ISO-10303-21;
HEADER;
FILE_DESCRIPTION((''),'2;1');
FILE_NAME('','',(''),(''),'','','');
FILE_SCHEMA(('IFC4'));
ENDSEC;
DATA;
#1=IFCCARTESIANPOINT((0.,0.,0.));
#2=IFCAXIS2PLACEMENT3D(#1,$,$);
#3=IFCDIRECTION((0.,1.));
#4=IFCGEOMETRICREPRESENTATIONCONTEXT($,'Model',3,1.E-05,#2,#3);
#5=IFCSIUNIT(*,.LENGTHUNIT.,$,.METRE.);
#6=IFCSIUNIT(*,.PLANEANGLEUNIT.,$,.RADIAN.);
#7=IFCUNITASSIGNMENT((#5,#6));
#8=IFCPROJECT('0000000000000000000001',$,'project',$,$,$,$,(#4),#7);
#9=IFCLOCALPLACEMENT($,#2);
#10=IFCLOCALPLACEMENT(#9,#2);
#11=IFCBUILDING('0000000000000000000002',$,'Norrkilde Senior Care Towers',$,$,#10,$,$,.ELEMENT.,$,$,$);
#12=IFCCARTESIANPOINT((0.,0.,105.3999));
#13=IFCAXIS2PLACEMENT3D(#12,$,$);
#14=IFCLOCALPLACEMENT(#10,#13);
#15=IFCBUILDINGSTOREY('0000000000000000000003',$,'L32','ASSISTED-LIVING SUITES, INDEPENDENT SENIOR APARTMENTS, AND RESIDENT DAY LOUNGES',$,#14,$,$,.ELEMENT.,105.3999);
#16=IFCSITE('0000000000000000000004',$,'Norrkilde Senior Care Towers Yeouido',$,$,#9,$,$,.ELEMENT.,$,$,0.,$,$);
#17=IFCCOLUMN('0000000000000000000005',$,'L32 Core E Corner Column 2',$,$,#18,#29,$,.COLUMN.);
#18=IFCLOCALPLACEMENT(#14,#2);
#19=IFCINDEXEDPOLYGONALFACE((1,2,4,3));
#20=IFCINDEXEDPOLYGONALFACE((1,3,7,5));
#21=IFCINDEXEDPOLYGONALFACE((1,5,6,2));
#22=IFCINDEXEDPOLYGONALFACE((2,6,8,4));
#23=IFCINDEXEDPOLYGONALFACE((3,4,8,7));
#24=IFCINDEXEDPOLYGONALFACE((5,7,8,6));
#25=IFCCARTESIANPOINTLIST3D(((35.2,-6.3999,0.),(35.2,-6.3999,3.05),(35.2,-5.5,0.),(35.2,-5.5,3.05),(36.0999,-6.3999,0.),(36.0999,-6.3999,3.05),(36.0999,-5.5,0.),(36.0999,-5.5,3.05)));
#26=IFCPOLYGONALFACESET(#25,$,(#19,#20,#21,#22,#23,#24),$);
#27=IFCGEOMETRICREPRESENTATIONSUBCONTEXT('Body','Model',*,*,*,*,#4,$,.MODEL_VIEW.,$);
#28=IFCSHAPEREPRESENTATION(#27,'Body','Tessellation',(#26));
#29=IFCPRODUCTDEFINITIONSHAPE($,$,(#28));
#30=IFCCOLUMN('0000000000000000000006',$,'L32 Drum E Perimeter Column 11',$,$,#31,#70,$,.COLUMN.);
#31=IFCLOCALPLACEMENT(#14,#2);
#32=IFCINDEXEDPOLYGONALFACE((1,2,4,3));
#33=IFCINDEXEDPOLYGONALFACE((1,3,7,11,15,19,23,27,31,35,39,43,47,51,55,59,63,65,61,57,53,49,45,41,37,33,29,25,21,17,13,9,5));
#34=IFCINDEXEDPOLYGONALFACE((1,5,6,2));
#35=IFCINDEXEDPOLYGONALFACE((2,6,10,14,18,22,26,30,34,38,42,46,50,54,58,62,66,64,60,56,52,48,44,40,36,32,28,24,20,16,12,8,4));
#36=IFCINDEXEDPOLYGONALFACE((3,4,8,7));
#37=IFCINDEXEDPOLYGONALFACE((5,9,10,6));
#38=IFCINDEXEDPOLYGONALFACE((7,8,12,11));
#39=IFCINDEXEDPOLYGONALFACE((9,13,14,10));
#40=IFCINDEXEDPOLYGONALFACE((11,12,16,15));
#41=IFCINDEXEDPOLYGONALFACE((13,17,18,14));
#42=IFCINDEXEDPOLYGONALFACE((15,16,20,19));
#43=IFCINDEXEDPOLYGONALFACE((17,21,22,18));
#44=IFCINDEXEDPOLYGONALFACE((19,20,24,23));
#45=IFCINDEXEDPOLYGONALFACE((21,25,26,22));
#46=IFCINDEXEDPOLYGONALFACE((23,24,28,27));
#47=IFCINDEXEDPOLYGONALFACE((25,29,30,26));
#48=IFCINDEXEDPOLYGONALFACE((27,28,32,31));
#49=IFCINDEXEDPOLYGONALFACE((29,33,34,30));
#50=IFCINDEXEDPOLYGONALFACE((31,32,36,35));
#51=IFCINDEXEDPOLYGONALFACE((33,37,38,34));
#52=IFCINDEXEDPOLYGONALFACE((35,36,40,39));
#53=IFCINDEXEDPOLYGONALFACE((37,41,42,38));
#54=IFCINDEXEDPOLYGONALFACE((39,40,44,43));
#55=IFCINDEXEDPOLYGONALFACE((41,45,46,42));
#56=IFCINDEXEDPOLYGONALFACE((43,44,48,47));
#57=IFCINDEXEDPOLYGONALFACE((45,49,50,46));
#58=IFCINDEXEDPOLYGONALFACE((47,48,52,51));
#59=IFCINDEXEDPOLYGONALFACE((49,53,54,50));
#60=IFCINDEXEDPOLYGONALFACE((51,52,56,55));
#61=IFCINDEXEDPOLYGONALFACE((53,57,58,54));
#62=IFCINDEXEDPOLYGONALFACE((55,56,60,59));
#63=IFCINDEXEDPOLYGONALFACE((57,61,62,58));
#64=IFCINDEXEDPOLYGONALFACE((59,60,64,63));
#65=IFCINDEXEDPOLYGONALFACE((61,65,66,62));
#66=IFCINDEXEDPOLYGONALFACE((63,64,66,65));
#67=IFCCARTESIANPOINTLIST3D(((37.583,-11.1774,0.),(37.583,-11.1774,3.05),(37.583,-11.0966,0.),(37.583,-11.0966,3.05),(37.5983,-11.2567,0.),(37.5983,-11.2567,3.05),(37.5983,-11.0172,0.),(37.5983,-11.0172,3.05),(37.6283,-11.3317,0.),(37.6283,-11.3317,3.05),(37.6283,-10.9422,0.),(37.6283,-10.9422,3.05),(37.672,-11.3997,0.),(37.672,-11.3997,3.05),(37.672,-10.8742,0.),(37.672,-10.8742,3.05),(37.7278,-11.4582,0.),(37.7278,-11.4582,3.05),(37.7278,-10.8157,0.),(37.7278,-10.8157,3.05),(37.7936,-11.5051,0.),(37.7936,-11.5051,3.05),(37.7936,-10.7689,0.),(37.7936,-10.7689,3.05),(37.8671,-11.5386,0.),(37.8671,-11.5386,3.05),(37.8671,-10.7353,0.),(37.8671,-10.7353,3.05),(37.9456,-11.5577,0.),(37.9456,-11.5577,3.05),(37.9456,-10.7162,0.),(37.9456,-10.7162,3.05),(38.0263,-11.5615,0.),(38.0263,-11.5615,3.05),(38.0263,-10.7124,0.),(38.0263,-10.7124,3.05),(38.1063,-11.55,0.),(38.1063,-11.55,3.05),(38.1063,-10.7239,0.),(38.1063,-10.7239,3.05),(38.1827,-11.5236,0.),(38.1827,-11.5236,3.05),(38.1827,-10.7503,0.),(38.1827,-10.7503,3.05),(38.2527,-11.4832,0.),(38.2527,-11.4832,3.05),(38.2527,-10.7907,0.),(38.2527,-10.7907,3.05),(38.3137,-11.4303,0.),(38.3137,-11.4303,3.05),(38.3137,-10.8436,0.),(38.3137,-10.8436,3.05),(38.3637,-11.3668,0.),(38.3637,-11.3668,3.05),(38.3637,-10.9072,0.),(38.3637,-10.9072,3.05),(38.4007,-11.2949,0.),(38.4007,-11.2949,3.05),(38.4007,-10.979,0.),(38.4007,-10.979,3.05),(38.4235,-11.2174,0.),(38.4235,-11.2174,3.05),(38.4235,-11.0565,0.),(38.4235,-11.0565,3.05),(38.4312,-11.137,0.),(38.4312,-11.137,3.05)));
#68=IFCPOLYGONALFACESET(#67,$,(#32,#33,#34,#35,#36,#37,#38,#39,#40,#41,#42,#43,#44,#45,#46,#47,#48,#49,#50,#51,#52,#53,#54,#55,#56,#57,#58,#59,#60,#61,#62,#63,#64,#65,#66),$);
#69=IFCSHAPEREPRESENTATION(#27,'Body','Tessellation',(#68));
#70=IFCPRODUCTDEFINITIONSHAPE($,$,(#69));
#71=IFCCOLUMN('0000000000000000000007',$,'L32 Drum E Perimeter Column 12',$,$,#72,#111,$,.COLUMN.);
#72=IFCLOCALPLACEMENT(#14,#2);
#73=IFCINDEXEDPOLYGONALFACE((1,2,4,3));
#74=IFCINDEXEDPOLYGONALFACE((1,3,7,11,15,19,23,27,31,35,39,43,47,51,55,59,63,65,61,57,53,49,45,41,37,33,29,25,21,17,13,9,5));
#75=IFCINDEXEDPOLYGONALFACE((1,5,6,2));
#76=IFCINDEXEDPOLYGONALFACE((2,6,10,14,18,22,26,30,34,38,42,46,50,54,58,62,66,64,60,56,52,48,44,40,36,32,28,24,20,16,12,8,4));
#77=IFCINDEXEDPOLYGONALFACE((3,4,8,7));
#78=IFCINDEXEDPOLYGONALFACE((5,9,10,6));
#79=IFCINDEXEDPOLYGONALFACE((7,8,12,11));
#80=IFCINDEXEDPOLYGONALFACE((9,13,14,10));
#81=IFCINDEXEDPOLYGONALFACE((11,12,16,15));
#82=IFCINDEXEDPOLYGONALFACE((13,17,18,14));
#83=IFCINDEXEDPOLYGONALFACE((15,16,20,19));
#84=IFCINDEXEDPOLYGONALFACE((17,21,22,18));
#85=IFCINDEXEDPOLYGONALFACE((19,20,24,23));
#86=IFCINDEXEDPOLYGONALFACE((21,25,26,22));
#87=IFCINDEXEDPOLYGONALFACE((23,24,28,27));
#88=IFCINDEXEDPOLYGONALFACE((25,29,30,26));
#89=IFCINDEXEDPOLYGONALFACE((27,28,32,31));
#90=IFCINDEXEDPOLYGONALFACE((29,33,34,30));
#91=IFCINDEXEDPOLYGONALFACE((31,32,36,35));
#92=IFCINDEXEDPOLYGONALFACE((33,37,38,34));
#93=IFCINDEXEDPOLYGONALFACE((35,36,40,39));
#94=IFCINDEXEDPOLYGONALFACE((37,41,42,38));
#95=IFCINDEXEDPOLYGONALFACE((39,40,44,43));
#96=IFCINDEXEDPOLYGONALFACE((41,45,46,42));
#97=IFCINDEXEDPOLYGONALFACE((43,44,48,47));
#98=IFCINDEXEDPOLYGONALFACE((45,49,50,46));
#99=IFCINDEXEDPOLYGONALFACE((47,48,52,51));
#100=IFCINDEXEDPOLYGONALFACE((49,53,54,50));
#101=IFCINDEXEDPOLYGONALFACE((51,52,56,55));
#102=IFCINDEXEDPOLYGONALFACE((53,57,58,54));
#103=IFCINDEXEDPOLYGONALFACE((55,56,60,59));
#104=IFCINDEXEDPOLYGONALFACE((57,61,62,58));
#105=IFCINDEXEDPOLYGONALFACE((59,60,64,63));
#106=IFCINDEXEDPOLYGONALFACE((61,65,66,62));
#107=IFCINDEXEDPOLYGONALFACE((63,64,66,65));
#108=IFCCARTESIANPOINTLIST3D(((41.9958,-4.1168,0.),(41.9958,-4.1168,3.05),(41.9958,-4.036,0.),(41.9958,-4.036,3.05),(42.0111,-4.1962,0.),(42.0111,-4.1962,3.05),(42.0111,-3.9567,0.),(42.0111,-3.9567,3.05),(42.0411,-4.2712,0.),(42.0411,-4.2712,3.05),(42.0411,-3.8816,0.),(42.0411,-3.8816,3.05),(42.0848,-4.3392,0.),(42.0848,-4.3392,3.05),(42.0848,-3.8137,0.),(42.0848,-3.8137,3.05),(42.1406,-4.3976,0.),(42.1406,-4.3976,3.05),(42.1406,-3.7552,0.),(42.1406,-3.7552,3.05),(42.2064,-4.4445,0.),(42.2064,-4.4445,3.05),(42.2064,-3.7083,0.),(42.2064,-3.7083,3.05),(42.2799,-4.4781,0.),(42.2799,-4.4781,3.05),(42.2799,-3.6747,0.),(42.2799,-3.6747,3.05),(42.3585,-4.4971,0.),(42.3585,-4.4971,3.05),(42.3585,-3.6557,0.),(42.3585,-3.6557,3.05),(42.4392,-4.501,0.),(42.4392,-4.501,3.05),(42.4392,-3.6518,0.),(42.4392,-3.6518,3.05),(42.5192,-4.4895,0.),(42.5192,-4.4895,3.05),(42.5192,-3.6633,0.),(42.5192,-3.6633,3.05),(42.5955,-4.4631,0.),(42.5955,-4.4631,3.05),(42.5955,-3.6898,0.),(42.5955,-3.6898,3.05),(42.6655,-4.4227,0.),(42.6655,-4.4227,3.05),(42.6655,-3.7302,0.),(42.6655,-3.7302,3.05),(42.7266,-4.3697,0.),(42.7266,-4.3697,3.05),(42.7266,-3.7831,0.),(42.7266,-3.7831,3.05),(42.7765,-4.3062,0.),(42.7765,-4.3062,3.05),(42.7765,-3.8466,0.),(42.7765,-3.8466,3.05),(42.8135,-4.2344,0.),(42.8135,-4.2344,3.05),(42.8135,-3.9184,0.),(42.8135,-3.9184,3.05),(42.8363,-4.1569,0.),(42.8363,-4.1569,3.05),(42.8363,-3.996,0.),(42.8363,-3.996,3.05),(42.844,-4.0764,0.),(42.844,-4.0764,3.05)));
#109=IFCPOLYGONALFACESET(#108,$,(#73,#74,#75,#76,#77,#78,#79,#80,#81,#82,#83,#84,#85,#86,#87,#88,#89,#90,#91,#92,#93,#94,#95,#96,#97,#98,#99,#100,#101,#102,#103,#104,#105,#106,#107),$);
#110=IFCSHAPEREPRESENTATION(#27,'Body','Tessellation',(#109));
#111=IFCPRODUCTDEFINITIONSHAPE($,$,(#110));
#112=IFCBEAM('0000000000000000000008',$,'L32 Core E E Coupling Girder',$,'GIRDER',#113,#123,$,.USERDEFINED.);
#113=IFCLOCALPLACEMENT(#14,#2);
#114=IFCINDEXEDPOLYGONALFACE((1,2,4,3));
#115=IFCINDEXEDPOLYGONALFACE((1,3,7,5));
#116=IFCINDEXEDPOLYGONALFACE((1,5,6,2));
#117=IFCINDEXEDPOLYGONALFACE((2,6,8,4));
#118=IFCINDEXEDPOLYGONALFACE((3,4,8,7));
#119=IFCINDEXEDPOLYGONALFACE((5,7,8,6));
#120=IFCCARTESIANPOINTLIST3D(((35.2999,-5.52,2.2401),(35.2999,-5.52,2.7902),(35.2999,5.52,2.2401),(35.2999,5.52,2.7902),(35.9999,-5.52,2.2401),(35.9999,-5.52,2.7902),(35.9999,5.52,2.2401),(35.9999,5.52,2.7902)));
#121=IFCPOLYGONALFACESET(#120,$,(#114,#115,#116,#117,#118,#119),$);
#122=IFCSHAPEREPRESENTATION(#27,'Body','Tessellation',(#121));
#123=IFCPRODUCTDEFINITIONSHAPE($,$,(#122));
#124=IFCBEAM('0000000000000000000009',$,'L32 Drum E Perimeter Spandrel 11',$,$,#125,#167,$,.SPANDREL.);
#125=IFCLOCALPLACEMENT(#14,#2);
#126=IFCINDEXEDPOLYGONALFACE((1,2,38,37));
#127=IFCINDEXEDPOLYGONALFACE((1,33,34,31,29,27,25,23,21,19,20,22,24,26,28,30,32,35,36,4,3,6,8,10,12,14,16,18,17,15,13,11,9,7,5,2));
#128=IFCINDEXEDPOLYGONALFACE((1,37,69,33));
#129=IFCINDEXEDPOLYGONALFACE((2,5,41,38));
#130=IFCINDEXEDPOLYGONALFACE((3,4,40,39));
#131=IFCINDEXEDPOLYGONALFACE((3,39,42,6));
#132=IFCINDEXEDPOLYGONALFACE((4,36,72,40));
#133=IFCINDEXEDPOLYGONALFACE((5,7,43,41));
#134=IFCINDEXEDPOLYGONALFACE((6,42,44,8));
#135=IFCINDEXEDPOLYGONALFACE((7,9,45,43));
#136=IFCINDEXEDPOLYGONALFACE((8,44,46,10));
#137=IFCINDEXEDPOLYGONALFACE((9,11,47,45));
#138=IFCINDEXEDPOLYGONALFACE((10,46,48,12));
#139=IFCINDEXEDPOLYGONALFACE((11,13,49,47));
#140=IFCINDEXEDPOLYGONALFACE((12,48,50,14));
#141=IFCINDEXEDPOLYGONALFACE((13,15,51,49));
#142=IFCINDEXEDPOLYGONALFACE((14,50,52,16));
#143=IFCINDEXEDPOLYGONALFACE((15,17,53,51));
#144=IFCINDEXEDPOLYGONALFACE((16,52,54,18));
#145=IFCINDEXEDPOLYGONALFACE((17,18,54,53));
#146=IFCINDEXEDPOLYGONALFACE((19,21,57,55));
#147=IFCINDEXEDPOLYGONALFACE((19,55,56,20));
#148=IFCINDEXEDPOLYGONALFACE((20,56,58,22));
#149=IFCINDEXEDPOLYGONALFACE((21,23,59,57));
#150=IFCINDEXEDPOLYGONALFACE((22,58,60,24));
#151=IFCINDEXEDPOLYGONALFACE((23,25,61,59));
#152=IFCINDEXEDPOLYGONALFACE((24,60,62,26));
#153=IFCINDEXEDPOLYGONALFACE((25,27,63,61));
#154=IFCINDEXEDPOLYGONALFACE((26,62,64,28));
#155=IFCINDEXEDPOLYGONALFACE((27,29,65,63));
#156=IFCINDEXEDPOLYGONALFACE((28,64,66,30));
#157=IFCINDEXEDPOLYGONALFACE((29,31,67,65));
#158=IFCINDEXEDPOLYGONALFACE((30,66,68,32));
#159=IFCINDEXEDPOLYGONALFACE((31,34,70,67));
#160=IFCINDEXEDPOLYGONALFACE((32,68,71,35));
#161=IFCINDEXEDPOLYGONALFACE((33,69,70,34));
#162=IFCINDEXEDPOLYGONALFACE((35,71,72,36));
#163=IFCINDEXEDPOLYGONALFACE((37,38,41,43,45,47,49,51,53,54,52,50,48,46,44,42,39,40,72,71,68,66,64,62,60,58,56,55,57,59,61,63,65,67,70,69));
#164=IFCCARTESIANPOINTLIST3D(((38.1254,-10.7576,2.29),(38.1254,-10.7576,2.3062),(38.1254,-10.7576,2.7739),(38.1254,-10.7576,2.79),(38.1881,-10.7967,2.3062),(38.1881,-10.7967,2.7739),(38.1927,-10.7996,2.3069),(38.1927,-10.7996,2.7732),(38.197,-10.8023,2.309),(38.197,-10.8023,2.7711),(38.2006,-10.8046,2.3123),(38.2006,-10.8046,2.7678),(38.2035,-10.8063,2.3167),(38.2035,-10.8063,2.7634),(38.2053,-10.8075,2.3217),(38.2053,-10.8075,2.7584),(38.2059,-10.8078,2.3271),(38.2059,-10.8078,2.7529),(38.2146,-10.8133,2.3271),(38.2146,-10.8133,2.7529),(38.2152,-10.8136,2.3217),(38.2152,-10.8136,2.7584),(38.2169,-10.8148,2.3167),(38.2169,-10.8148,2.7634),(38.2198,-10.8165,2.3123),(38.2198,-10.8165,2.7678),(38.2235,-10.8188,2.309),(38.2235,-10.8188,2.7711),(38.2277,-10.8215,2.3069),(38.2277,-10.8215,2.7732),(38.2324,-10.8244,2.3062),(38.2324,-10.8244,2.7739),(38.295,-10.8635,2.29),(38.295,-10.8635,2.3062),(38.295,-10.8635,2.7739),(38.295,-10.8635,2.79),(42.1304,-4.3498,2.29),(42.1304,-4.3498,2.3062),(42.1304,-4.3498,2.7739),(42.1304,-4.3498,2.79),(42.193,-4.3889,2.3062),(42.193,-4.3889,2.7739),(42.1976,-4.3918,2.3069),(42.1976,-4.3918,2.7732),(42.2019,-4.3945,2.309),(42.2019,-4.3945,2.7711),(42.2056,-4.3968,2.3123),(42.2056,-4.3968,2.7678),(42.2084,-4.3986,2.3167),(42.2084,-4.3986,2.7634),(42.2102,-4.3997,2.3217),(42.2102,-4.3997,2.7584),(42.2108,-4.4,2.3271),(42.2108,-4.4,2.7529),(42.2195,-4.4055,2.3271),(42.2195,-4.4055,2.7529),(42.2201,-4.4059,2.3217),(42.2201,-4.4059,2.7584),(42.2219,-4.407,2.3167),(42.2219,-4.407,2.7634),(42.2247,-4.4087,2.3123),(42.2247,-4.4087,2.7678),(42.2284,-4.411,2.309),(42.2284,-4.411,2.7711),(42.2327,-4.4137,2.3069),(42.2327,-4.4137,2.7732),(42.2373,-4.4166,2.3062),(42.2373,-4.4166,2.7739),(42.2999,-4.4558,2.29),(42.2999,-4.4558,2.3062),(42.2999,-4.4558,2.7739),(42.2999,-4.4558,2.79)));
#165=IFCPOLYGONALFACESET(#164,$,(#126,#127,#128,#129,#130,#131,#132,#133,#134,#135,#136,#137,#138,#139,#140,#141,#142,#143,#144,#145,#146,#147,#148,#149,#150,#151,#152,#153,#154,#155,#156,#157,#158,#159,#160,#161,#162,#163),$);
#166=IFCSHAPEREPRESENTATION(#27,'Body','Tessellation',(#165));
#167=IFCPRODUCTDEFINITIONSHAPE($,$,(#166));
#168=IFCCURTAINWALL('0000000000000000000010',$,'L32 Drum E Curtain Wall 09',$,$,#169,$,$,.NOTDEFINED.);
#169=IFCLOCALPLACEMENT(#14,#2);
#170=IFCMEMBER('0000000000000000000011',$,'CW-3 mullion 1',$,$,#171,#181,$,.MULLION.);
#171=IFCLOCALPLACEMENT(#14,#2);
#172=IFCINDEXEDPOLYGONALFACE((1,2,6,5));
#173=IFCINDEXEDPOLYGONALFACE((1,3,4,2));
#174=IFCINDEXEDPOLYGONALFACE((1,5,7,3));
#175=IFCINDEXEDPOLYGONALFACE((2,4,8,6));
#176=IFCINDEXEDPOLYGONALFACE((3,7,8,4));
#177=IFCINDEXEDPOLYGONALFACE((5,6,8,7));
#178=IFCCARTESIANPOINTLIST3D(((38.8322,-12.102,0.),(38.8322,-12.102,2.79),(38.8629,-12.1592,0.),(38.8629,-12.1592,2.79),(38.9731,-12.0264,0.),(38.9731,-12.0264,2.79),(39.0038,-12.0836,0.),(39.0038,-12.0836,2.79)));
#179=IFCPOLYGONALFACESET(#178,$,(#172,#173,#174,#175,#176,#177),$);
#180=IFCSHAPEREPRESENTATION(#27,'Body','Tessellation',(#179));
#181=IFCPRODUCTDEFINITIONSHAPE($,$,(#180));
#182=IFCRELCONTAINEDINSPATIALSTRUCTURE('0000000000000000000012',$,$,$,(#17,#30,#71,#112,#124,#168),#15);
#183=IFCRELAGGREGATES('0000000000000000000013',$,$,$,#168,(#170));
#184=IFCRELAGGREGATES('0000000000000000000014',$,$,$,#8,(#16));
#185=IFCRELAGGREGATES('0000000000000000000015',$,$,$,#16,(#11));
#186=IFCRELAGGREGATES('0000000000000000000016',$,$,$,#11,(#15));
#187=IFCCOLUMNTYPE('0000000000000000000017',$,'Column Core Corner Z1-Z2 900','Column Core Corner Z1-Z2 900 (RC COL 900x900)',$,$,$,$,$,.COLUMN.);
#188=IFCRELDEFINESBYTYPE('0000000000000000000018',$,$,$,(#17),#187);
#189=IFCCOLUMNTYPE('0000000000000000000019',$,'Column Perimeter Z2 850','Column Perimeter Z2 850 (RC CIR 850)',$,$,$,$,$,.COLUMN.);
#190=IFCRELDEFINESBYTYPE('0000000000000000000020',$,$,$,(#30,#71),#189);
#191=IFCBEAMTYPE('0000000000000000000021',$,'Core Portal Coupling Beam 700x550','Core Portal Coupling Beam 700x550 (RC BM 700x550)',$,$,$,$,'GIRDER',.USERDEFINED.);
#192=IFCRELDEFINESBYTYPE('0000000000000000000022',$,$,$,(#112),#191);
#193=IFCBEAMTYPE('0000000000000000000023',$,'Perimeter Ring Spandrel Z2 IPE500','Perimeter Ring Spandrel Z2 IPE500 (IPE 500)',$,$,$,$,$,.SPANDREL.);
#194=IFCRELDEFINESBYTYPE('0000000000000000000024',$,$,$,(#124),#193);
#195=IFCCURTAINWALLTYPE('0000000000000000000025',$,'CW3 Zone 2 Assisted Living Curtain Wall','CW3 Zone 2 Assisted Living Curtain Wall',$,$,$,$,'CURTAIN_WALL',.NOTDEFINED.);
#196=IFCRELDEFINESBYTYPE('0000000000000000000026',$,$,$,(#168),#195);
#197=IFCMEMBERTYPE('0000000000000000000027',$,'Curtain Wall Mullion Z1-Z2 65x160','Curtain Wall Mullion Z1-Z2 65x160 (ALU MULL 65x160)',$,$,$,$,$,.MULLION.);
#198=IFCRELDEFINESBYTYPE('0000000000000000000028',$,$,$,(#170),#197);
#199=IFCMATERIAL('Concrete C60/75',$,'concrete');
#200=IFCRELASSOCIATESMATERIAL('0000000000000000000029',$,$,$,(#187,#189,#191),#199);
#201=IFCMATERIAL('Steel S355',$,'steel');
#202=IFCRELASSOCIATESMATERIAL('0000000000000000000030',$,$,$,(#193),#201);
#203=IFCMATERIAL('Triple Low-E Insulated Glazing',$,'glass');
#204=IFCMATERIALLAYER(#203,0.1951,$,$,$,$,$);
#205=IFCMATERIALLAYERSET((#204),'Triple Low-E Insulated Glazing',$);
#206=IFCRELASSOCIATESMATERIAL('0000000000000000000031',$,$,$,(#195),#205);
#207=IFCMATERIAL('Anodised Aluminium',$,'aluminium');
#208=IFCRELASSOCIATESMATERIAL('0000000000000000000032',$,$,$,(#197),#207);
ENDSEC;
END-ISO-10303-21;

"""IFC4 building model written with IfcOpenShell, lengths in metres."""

from ifc_helpers import new_model, si_unit, direction, frame, origin, origin_2d, place, context, subcontext, project, spatial, rectangle, circle, i_section, extrude, source, transform, mapped, material, layer, layer_set, material_profile, profile_set, type_object, type_shapes, element, aggregate, save


model = new_model("IFC4")

# Units and contexts
model_context = context("Model", 3, precision=1e-05, world=origin(), true_north=direction((0.0, 1.0)))
body_context = subcontext(model_context, "Body", "Model", "MODEL_VIEW")
ifc_project = project(units=[si_unit("LENGTHUNIT", "METRE"), si_unit("PLANEANGLEUNIT", "RADIAN")], contexts=[model_context])

# Site, building, storey
site_placement = place(None, origin())
site = spatial("IfcSite", under=ifc_project, at=site_placement, Name="Norrkilde Senior Care Towers Yeouido", CompositionType="ELEMENT", RefElevation=0.0)
building_placement = place(site_placement, origin())
building = spatial("IfcBuilding", under=site, at=building_placement, Name="Norrkilde Senior Care Towers", CompositionType="ELEMENT")
storey_placement = place(building_placement, frame((0.0, 0.0, 105.3999)))
storey = spatial("IfcBuildingStorey", under=building, at=storey_placement, Name="L32", Description="ASSISTED-LIVING SUITES, INDEPENDENT SENIOR APARTMENTS, AND RESIDENT DAY LOUNGES", CompositionType="ELEMENT", Elevation=105.3999)

# Columns
ifc_material_1 = material(Name="Concrete C60/75", Category="concrete")
ifc_material_profile_1 = material_profile(ifc_material_1, rectangle(XDim=0.8999, YDim=0.8999, at=origin_2d()), Name="RC COL 900x900")
ifc_profile_set_1 = profile_set([ifc_material_profile_1], Name="Concrete C60/75")
column_type_1 = type_object("IfcColumnType", Name="Column Core Corner Z1-Z2 900", Description="Column Core Corner Z1-Z2 900 (RC COL 900x900)", PredefinedType="COLUMN", material=ifc_profile_set_1)
shared_shape_1 = source(origin(), body_context, "Body", "SweptSolid", [
    extrude(rectangle(XDim=0.8999, YDim=0.8999, at=origin_2d()), origin(), (0.0, 0.0, 1.0), 3.05),
])
type_shapes(column_type_1, [shared_shape_1])
column_placement = place(storey_placement, frame((35.6499, -5.95, 0.0), z_axis=(0.0, 0.0, 1.0), x_axis=(1.0, 0.0, 0.0)))
element("IfcColumn", 1, at=column_placement, inside=storey, type_object=column_type_1, Name="L32 Core E Corner Column 2", PredefinedType="COLUMN", context=body_context, shape_type="MappedRepresentation", body=[
    mapped(shared_shape_1, transform((0.0, 0.0, 0.0), x_axis=(1.0, 0.0, 0.0), y_axis=(0.0, 1.0, 0.0), z_axis=(0.0, 0.0, 1.0), scale=1.0)),
])
ifc_material_profile_2 = material_profile(ifc_material_1, circle(Radius=0.425, at=origin_2d()), Name="RC CIR 850")
ifc_profile_set_2 = profile_set([ifc_material_profile_2], Name="Concrete C60/75")
column_type_2 = type_object("IfcColumnType", Name="Column Perimeter Z2 850", Description="Column Perimeter Z2 850 (RC CIR 850)", PredefinedType="COLUMN", material=ifc_profile_set_2)
shared_shape_2 = source(origin(), body_context, "Body", "SweptSolid", [
    extrude(circle(Radius=0.425, at=origin_2d()), origin(), (0.0, 0.0, 1.0), 3.05),
])
type_shapes(column_type_2, [shared_shape_2])
for number, where, z_axis, x_axis, name in (
    (2, (38.0061, -11.137, 0.0), (0.0, 0.0, 1.0), (1.0, 0.0, 0.0), "L32 Drum E Perimeter Column 11"),
    (3, (42.4189, -4.0764, 0.0), (0.0, 0.0, 1.0), (1.0, 0.0, 0.0), "L32 Drum E Perimeter Column 12"),
):
    element("IfcColumn", number, at=place(storey_placement, frame(where, z_axis=z_axis, x_axis=x_axis)), inside=storey, type_object=column_type_2, Name=name, PredefinedType="COLUMN", context=body_context, shape_type="MappedRepresentation", body=[
        mapped(shared_shape_2, transform((0.0, 0.0, 0.0), x_axis=(1.0, 0.0, 0.0), y_axis=(0.0, 1.0, 0.0), z_axis=(0.0, 0.0, 1.0), scale=1.0)),
    ])

# Beams
ifc_material_profile_3 = material_profile(ifc_material_1, rectangle(XDim=0.7, YDim=0.55, at=origin_2d()), Name="RC BM 700x550")
ifc_profile_set_3 = profile_set([ifc_material_profile_3], Name="Concrete C60/75")
beam_type_1 = type_object("IfcBeamType", Name="Core Portal Coupling Beam 700x550", Description="Core Portal Coupling Beam 700x550 (RC BM 700x550)", ElementType="GIRDER", PredefinedType="USERDEFINED", material=ifc_profile_set_3)
shared_shape_3 = source(origin(), body_context, "Body", "SweptSolid", [
    extrude(rectangle(XDim=0.7, YDim=0.55, at=origin_2d()), origin(), (0.0, 0.0, 1.0), 11.04),
])
type_shapes(beam_type_1, [shared_shape_3])
beam_1_placement = place(storey_placement, frame((35.6499, -5.52, 2.5151), z_axis=(0.0, 1.0, 0.0), x_axis=(-1.0, 0.0, 0.0)))
element("IfcBeam", 4, at=beam_1_placement, inside=storey, type_object=beam_type_1, Name="L32 Core E E Coupling Girder", ObjectType="GIRDER", PredefinedType="USERDEFINED", context=body_context, shape_type="MappedRepresentation", body=[
    mapped(shared_shape_3, transform((0.0, 0.0, 0.0), x_axis=(1.0, 0.0, 0.0), y_axis=(0.0, 1.0, 0.0), z_axis=(0.0, 0.0, 1.0), scale=1.0)),
])
ifc_material_2 = material(Name="Steel S355", Category="steel")
ifc_material_profile_4 = material_profile(ifc_material_2, i_section(OverallWidth=0.2, OverallDepth=0.5, WebThickness=0.0103, FlangeThickness=0.0161, FilletRadius=0.021, at=origin_2d()), Name="IPE 500")
ifc_profile_set_4 = profile_set([ifc_material_profile_4], Name="Steel S355")
beam_type_2 = type_object("IfcBeamType", Name="Perimeter Ring Spandrel Z2 IPE500", Description="Perimeter Ring Spandrel Z2 IPE500 (IPE 500)", PredefinedType="SPANDREL", material=ifc_profile_set_4)
shared_shape_4 = source(origin(), body_context, "Body", "SweptSolid", [
    extrude(i_section(OverallWidth=0.2, OverallDepth=0.5, WebThickness=0.0103, FlangeThickness=0.0161, FilletRadius=0.021, at=origin_2d()), origin(), (0.0, 0.0, 1.0), 7.5564),
])
type_shapes(beam_type_2, [shared_shape_4])
beam_2_placement = place(storey_placement, frame((38.2102, -10.8105, 2.54), z_axis=(0.530005, 0.847995, 0.0), x_axis=(-0.847995, 0.530005, 0.0)))
element("IfcBeam", 5, at=beam_2_placement, inside=storey, type_object=beam_type_2, Name="L32 Drum E Perimeter Spandrel 11", PredefinedType="SPANDREL", context=body_context, shape_type="MappedRepresentation", body=[
    mapped(shared_shape_4, transform((0.0, 0.0, 0.0), x_axis=(1.0, 0.0, 0.0), y_axis=(0.0, 1.0, 0.0), z_axis=(0.0, 0.0, 1.0), scale=1.0)),
])

# Curtain wall, member
ifc_material_3 = material(Name="Triple Low-E Insulated Glazing", Category="glass")
ifc_layer_1 = layer(ifc_material_3, 0.1951)
ifc_layer_set_1 = layer_set([ifc_layer_1], Name="Triple Low-E Insulated Glazing")
curtain_wall_type = type_object("IfcCurtainWallType", Name="CW3 Zone 2 Assisted Living Curtain Wall", Description="CW3 Zone 2 Assisted Living Curtain Wall", ElementType="CURTAIN_WALL", PredefinedType="NOTDEFINED", material=ifc_layer_set_1)
curtain_wall_1_placement = place(storey_placement, origin())
curtain_wall_1 = element("IfcCurtainWall", 6, at=curtain_wall_1_placement, inside=storey, type_object=curtain_wall_type, Name="L32 Drum E Curtain Wall 09", PredefinedType="NOTDEFINED")
ifc_material_4 = material(Name="Anodised Aluminium", Category="aluminium")
ifc_material_profile_5 = material_profile(ifc_material_4, rectangle(XDim=0.0649, YDim=0.1599, at=origin_2d()), Name="ALU MULL 65x160")
ifc_profile_set_5 = profile_set([ifc_material_profile_5], Name="Anodised Aluminium")
member_type_1 = type_object("IfcMemberType", Name="Curtain Wall Mullion Z1-Z2 65x160", Description="Curtain Wall Mullion Z1-Z2 65x160 (ALU MULL 65x160)", PredefinedType="MULLION", material=ifc_profile_set_5)
shared_shape_5 = source(origin(), body_context, "Body", "SweptSolid", [
    extrude(rectangle(XDim=0.0649, YDim=0.1599, at=origin_2d()), origin(), (0.0, 0.0, 1.0), 2.79),
])
type_shapes(member_type_1, [shared_shape_5])
member_1_placement = place(storey_placement, frame((38.918, -12.0928, 0.0), z_axis=(0.0, 0.0, 1.0), x_axis=(0.472769, -0.881186, 0.0)))
member_1 = element("IfcMember", 7, at=member_1_placement, type_object=member_type_1, Name="CW-3 mullion 1", PredefinedType="MULLION", context=body_context, shape_type="MappedRepresentation", body=[
    mapped(shared_shape_5, transform((0.0, 0.0, 0.0), x_axis=(1.0, 0.0, 0.0), y_axis=(0.0, 1.0, 0.0), z_axis=(0.0, 0.0, 1.0), scale=1.0)),
])

aggregate(curtain_wall_1, [member_1])

save(model, "model.ifc")
